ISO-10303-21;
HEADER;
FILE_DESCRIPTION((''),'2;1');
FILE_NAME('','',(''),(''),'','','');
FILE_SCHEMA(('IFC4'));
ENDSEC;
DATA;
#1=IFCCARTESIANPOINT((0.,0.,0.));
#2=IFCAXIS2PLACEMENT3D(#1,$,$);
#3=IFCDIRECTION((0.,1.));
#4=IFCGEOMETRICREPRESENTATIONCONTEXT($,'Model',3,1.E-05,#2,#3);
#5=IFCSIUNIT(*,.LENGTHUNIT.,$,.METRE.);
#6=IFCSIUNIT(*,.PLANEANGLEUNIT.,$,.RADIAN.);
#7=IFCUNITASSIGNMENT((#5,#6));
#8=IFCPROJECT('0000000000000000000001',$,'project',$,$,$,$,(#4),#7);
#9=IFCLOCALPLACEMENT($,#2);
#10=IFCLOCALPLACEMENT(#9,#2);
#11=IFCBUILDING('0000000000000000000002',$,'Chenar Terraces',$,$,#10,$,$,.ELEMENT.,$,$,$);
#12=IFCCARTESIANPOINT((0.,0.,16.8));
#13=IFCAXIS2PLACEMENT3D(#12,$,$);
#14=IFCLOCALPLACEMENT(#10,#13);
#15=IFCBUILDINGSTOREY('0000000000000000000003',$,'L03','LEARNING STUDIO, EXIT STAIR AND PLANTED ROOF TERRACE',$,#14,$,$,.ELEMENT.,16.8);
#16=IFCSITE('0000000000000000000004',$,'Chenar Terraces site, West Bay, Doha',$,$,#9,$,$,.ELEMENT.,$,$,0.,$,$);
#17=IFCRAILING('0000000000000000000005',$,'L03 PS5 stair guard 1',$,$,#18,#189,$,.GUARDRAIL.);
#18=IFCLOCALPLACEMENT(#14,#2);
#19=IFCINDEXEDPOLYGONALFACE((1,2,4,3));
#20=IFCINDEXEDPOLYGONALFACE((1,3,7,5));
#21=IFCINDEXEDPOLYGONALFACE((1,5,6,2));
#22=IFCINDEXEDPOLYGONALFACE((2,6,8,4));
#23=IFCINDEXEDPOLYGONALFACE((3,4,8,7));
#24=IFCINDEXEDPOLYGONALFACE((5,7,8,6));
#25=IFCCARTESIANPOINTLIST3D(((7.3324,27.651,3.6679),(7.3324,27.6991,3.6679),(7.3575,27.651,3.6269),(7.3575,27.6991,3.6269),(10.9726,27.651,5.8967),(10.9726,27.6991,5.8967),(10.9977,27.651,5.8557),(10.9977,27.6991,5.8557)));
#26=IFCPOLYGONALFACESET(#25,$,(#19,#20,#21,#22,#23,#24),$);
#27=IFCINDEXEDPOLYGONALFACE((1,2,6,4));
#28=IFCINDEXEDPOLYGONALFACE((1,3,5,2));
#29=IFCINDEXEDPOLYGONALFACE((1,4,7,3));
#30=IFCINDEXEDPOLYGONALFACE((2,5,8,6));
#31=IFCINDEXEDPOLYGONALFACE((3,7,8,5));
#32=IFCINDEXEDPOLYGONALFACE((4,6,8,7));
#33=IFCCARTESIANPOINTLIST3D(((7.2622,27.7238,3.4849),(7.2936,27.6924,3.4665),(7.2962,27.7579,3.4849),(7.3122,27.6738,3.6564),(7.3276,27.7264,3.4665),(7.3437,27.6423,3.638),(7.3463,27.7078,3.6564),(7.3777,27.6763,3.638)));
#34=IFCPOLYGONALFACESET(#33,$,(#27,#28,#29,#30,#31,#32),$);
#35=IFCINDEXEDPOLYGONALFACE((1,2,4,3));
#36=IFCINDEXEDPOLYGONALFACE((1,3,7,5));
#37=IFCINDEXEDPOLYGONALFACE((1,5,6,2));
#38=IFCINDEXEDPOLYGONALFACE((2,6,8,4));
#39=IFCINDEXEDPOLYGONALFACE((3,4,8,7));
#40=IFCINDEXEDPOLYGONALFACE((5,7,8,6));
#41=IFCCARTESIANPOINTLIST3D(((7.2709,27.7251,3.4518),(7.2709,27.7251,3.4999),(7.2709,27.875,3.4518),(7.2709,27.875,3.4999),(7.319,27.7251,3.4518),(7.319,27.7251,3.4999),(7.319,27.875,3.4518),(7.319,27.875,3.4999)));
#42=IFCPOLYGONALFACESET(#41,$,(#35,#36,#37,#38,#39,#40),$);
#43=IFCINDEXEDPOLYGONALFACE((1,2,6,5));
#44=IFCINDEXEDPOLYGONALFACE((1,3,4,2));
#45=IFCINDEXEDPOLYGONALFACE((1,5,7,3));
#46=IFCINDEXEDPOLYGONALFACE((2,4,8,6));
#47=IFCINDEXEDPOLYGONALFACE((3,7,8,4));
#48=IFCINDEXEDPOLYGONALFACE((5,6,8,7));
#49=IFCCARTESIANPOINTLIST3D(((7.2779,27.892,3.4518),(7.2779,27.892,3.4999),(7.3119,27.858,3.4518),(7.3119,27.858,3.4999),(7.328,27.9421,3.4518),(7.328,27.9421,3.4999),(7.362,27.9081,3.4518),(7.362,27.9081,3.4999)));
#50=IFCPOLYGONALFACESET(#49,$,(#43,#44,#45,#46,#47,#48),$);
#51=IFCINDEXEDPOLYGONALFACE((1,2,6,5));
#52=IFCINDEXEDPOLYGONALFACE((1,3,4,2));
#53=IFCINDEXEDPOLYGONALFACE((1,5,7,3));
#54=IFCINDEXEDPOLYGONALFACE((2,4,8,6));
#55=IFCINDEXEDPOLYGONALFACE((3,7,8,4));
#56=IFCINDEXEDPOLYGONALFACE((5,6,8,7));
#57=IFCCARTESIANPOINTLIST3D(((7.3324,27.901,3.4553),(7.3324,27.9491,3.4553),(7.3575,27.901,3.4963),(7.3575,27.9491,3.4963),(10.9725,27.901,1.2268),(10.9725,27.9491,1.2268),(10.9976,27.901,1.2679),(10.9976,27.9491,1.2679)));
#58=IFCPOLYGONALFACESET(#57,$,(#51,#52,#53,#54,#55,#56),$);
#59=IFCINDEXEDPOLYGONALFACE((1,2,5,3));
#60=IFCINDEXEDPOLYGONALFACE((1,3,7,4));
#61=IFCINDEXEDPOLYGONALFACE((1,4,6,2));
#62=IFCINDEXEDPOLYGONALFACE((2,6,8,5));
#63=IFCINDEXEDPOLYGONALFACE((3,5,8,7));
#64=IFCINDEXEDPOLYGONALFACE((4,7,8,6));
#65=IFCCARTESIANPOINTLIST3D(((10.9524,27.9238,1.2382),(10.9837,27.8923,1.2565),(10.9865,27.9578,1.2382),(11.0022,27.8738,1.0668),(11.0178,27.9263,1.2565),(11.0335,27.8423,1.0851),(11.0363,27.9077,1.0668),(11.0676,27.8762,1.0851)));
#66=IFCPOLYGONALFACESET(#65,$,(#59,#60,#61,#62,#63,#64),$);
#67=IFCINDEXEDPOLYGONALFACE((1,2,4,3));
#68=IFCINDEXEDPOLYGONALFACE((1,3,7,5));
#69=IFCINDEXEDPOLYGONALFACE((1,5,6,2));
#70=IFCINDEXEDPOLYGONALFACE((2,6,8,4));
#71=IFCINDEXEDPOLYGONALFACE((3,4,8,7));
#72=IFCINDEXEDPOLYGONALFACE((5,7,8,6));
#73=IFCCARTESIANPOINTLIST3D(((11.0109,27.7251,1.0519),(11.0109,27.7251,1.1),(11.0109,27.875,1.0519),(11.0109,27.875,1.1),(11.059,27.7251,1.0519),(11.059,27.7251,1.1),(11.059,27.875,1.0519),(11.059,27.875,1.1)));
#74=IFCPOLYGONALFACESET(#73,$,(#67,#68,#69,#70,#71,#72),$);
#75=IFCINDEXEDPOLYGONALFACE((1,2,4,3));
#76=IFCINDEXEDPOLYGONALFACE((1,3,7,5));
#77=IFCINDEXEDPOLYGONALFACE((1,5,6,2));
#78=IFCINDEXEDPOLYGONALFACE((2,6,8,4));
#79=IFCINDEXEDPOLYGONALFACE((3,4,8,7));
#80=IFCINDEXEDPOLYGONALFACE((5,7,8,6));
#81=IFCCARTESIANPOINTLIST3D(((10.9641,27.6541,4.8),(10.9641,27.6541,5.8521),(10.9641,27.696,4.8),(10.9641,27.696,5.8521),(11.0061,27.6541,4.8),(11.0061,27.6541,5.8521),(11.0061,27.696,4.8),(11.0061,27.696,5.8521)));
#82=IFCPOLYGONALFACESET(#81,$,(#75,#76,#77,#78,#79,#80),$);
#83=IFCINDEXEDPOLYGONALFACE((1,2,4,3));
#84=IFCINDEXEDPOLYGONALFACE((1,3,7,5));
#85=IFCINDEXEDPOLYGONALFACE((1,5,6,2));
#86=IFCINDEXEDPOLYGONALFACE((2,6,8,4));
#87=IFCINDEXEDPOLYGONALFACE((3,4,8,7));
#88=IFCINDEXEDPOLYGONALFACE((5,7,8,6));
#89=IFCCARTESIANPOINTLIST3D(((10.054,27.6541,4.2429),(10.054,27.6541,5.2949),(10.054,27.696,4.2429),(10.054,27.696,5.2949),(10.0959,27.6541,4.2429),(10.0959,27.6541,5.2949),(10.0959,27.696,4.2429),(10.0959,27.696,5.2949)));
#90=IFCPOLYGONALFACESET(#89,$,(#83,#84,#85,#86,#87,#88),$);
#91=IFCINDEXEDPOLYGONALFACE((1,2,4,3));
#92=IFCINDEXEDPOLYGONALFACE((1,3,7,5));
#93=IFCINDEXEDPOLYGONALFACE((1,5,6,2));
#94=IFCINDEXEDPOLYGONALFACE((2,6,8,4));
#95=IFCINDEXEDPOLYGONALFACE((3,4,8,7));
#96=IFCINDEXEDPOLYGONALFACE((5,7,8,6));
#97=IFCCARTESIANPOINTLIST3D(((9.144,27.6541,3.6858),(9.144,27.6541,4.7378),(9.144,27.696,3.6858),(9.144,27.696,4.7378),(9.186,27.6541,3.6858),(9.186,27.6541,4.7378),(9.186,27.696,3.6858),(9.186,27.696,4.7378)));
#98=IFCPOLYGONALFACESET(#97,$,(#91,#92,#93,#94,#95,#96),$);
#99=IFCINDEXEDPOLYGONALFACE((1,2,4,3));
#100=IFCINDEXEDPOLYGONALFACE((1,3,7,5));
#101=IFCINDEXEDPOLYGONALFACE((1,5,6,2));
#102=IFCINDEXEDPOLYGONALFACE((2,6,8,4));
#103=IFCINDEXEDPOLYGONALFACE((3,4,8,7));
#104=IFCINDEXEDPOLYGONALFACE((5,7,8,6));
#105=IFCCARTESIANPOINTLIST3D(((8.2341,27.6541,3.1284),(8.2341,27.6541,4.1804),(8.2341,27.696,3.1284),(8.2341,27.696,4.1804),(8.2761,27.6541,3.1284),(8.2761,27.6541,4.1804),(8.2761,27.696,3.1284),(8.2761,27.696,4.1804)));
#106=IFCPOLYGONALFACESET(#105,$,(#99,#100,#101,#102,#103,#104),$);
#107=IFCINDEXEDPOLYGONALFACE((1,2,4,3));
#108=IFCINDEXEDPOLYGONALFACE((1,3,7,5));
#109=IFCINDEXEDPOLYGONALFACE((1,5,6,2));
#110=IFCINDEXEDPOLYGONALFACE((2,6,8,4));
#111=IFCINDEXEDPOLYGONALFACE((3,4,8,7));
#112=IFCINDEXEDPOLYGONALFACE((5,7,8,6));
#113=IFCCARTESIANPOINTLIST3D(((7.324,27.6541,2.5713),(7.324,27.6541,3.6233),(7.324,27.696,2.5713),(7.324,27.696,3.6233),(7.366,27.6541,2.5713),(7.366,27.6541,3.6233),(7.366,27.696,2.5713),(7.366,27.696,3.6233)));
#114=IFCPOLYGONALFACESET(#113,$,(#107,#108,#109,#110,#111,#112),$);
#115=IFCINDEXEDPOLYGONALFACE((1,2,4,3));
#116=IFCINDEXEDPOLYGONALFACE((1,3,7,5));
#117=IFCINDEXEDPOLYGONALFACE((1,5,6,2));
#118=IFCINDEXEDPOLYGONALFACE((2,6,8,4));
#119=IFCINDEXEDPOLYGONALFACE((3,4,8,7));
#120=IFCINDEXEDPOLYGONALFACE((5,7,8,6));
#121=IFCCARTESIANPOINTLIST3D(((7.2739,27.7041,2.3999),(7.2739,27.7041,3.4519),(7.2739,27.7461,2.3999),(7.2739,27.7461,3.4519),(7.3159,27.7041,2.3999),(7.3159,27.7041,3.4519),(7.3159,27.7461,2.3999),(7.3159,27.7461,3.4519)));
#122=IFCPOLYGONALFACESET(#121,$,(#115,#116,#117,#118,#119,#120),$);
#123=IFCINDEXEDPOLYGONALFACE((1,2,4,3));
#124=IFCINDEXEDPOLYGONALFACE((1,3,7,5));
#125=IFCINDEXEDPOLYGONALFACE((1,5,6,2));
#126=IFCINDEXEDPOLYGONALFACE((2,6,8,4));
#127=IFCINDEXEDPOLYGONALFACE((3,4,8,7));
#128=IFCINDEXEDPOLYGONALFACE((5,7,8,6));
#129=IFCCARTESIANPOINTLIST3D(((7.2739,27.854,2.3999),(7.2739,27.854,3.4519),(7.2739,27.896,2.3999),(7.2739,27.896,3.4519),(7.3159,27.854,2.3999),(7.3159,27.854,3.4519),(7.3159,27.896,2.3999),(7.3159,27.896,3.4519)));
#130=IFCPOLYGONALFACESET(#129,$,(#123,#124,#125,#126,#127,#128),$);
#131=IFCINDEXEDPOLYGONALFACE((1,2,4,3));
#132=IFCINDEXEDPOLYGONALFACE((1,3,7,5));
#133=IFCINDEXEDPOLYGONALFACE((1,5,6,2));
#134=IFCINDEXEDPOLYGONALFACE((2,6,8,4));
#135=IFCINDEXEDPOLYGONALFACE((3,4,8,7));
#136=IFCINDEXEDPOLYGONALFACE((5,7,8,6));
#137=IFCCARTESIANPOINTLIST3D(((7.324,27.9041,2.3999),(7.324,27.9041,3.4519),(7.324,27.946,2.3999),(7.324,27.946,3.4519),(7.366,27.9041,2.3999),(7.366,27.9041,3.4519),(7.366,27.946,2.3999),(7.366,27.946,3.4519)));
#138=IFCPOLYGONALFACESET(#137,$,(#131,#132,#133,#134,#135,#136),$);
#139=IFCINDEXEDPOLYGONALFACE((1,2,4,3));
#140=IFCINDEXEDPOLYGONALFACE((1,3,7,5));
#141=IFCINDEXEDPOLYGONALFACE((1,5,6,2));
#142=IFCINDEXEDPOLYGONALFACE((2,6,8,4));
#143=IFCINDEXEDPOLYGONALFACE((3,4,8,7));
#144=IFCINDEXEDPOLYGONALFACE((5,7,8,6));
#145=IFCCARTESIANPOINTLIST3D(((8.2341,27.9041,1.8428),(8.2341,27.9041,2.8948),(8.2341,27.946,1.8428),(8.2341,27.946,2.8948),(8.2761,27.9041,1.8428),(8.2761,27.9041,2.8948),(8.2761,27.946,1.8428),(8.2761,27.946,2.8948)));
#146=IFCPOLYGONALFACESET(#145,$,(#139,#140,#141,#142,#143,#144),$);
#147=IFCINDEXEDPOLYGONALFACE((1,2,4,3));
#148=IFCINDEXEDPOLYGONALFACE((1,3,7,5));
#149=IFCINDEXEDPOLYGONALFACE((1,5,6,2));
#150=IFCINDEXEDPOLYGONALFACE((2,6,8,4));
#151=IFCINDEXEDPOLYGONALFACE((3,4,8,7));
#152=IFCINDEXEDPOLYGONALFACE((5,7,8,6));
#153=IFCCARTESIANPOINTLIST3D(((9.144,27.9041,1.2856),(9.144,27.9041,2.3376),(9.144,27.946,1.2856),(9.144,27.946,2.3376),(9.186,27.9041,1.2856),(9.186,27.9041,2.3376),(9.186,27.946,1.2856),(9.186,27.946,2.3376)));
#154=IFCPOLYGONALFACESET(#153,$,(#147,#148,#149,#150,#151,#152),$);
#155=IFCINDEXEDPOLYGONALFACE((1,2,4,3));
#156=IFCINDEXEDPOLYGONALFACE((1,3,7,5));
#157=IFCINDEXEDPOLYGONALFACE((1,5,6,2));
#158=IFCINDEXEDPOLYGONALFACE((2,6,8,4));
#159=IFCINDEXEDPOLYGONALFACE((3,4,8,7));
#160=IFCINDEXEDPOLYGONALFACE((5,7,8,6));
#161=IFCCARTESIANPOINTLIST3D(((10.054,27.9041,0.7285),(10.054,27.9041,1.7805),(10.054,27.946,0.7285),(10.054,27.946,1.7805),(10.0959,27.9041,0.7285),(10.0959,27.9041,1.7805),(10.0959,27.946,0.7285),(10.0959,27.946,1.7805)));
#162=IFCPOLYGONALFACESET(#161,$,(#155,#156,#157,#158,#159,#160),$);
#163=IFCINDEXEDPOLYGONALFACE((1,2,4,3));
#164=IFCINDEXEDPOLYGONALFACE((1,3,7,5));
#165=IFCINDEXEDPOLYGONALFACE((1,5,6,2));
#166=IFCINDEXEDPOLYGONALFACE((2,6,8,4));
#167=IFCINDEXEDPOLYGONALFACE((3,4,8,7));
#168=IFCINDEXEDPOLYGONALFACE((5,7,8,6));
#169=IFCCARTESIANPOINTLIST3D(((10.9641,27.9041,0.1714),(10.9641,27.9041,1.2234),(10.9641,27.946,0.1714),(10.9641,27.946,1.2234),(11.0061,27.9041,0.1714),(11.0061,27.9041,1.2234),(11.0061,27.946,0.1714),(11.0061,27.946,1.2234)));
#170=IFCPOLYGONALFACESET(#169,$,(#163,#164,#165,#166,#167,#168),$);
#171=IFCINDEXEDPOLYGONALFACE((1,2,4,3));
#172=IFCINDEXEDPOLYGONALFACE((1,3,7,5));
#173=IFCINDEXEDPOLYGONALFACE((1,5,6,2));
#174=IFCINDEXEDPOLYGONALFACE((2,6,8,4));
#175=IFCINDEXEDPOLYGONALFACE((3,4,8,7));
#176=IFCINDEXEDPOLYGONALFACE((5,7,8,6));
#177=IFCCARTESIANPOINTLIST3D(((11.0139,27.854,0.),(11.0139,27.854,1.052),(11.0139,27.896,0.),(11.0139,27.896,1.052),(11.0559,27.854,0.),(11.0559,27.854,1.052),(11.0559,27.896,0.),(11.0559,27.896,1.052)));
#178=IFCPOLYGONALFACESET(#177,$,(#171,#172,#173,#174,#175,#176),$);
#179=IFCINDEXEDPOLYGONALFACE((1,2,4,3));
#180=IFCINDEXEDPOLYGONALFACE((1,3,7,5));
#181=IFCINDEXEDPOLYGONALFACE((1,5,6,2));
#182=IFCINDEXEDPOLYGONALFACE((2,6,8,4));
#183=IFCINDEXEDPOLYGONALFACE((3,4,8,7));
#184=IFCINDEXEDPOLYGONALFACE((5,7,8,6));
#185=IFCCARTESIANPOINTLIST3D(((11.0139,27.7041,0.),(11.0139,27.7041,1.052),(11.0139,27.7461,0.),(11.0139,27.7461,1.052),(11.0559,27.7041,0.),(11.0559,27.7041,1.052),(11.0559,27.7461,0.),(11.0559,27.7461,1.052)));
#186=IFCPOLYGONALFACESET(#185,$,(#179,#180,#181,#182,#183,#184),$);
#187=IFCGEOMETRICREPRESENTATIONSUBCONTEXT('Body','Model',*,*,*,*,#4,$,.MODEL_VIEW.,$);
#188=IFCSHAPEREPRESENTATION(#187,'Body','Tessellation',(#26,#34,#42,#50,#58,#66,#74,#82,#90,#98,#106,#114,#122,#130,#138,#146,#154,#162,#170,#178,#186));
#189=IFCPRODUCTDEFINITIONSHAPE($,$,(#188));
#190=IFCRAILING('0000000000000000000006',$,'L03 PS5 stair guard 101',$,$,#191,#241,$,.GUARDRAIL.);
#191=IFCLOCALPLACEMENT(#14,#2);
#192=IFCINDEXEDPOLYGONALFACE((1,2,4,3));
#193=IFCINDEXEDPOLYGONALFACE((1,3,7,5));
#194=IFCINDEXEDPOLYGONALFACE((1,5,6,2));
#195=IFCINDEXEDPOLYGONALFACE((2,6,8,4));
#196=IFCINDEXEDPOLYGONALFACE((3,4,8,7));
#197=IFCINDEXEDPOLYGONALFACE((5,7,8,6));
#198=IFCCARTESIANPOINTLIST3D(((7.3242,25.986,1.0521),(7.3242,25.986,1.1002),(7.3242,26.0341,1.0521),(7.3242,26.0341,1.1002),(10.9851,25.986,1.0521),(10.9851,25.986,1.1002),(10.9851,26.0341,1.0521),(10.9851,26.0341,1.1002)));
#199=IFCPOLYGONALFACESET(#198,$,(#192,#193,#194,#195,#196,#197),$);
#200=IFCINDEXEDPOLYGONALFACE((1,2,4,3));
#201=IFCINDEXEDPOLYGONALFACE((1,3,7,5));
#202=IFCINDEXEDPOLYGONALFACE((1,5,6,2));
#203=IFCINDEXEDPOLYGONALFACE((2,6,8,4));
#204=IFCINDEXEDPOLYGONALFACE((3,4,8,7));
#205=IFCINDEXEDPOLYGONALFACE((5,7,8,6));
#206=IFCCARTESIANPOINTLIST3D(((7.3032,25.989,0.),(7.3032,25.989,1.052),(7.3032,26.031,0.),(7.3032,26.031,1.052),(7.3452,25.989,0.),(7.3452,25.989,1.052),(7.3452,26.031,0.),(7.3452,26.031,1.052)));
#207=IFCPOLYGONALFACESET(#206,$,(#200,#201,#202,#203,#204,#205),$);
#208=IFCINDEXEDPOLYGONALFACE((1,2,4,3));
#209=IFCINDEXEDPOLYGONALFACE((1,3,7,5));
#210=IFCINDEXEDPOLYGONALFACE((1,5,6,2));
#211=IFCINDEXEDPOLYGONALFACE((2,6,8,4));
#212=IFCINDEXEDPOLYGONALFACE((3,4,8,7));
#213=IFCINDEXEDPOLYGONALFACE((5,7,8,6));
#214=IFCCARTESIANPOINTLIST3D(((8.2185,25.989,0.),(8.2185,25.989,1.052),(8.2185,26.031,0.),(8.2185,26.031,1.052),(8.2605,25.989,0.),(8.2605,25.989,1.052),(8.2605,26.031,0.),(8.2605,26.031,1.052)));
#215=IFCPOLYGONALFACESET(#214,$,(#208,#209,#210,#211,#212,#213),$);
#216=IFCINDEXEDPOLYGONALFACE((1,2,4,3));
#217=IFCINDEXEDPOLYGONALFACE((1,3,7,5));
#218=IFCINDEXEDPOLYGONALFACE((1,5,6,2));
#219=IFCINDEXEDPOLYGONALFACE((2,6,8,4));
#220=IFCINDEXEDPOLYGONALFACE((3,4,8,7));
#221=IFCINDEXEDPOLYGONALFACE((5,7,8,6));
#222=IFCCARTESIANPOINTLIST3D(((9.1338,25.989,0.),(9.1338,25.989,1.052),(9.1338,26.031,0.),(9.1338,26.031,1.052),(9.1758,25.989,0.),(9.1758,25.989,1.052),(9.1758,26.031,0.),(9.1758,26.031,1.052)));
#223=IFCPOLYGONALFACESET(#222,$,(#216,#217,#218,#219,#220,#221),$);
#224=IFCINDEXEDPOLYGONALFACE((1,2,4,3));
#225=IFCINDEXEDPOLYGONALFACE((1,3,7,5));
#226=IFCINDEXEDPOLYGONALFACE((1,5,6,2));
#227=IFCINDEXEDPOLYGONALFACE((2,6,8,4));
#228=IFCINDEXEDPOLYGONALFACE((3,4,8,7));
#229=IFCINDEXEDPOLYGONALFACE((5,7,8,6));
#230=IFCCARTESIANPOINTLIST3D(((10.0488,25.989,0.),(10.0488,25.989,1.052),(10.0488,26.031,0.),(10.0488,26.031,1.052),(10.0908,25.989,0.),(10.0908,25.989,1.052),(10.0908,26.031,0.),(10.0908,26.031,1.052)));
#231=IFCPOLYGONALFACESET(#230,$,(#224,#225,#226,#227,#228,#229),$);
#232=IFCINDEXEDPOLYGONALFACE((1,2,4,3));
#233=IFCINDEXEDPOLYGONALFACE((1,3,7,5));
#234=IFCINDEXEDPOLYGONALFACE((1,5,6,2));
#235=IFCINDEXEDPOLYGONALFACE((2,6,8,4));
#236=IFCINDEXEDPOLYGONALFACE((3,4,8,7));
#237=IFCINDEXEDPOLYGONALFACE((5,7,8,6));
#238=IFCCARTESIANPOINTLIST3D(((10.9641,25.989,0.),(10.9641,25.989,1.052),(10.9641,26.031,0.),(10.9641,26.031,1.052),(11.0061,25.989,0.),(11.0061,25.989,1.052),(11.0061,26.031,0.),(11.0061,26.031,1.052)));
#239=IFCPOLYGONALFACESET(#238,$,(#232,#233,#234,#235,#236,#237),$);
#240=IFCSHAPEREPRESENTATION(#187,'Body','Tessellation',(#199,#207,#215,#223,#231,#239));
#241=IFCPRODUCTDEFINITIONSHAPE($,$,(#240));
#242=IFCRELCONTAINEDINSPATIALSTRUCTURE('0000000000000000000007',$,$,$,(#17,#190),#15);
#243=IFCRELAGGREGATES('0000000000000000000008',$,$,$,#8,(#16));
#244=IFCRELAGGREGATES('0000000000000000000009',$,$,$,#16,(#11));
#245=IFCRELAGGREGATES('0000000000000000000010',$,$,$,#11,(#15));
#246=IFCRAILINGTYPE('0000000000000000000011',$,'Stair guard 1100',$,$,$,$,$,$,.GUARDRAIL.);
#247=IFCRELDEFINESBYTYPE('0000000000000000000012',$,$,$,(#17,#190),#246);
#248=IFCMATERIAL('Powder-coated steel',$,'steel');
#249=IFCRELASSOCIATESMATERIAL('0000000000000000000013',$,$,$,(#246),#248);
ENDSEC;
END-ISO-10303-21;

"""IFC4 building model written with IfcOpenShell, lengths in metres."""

from ifc_helpers import new_model, si_unit, direction, frame, origin, origin_2d, place, context, subcontext, project, spatial, rectangle, extrude, material, type_object, element, save


model = new_model("IFC4")

# Units and contexts
model_context = context("Model", 3, precision=1e-05, world=origin(), true_north=direction((0.0, 1.0)))
body_context = subcontext(model_context, "Body", "Model", "MODEL_VIEW")
ifc_project = project(units=[si_unit("LENGTHUNIT", "METRE"), si_unit("PLANEANGLEUNIT", "RADIAN")], contexts=[model_context])

# Site, building, storey
site_placement = place(None, origin())
site = spatial("IfcSite", under=ifc_project, at=site_placement, Name="Chenar Terraces site, West Bay, Doha", CompositionType="ELEMENT", RefElevation=0.0)
building_placement = place(site_placement, origin())
building = spatial("IfcBuilding", under=site, at=building_placement, Name="Chenar Terraces", CompositionType="ELEMENT")
storey_placement = place(building_placement, frame((0.0, 0.0, 16.8)))
storey = spatial("IfcBuildingStorey", under=building, at=storey_placement, Name="L03", Description="LEARNING STUDIO, EXIT STAIR AND PLANTED ROOF TERRACE", CompositionType="ELEMENT", Elevation=16.8)

# Railings
ifc_material_1 = material(Name="Powder-coated steel", Category="steel")
railing_type_1 = type_object("IfcRailingType", Name="Stair guard 1100", PredefinedType="GUARDRAIL", material=ifc_material_1)
railing_1_placement = place(storey_placement, frame((10.9851, 27.675, 4.8)))
element("IfcRailing", 1, at=railing_1_placement, inside=storey, type_object=railing_type_1, Name="L03 PS5 stair guard 1", PredefinedType="GUARDRAIL", context=body_context, shape_type="SweptSolid", body=[
    extrude(rectangle(XDim=0.0481, YDim=0.0481, at=origin_2d()), frame((0.0, 0.0, 1.0762), z_axis=(-0.85284, 0.0, -0.522172), x_axis=(0.0, -1.0, 0.0)), (0.0, 0.0, 1.0), 4.2683),
    extrude(rectangle(XDim=0.0481, YDim=0.0481, at=origin_2d()), frame((-3.6401, 0.0, -1.1528), z_axis=(-0.269911, 0.269911, -0.924281), x_axis=(-0.707107, -0.707107, 0.0)), (0.0, 0.0, 1.0), 0.1855),
    extrude(rectangle(XDim=0.0481, YDim=0.0481, at=origin_2d()), frame((-3.6902, 0.05, -1.3242), z_axis=(0.0, 1.0, 0.0), x_axis=(-1.0, 0.0, 0.0)), (0.0, 0.0, 1.0), 0.1499),
    extrude(rectangle(XDim=0.0481, YDim=0.0481, at=origin_2d()), frame((-3.6902, 0.2, -1.3242), z_axis=(0.707107, 0.707107, 0.0), x_axis=(-0.707107, 0.707107, 0.0)), (0.0, 0.0, 1.0), 0.0708),
    extrude(rectangle(XDim=0.0481, YDim=0.0481, at=origin_2d()), frame((-3.6401, 0.25, -1.3242), z_axis=(0.852866, 0.0, -0.52213), x_axis=(0.0, 1.0, 0.0)), (0.0, 0.0, 1.0), 4.2681),
    extrude(rectangle(XDim=0.0481, YDim=0.0481, at=origin_2d()), frame((0.0, 0.25, -3.5527), z_axis=(0.26869, -0.270007, -0.924609), x_axis=(0.708834, 0.705376, 0.0)), (0.0, 0.0, 1.0), 0.1853),
    extrude(rectangle(XDim=0.0481, YDim=0.0481, at=origin_2d()), frame((0.0498, 0.2, -3.7241), z_axis=(0.0, -1.0, 0.0), x_axis=(1.0, 0.0, 0.0)), (0.0, 0.0, 1.0), 0.1499),
    extrude(rectangle(XDim=0.042, YDim=0.042, at=origin_2d()), origin(), (0.0, 0.0, 1.0), 1.052),
    extrude(rectangle(XDim=0.042, YDim=0.042, at=origin_2d()), frame((-0.9102, 0.0, -0.5571)), (0.0, 0.0, 1.0), 1.052),
    extrude(rectangle(XDim=0.042, YDim=0.042, at=origin_2d()), frame((-1.8201, 0.0, -1.1143)), (0.0, 0.0, 1.0), 1.052),
    extrude(rectangle(XDim=0.042, YDim=0.042, at=origin_2d()), frame((-2.73, 0.0, -1.6716)), (0.0, 0.0, 1.0), 1.052),
    extrude(rectangle(XDim=0.042, YDim=0.042, at=origin_2d()), frame((-3.6401, 0.0, -2.2288)), (0.0, 0.0, 1.0), 1.052),
    extrude(rectangle(XDim=0.042, YDim=0.042, at=origin_2d()), frame((-3.6902, 0.05, -2.4001)), (0.0, 0.0, 1.0), 1.052),
    extrude(rectangle(XDim=0.042, YDim=0.042, at=origin_2d()), frame((-3.6902, 0.2, -2.4001)), (0.0, 0.0, 1.0), 1.052),
    extrude(rectangle(XDim=0.042, YDim=0.042, at=origin_2d()), frame((-3.6401, 0.25, -2.4001)), (0.0, 0.0, 1.0), 1.052),
    extrude(rectangle(XDim=0.042, YDim=0.042, at=origin_2d()), frame((-2.73, 0.25, -2.9573)), (0.0, 0.0, 1.0), 1.052),
    extrude(rectangle(XDim=0.042, YDim=0.042, at=origin_2d()), frame((-1.8201, 0.25, -3.5144)), (0.0, 0.0, 1.0), 1.052),
    extrude(rectangle(XDim=0.042, YDim=0.042, at=origin_2d()), frame((-0.9102, 0.25, -4.0715)), (0.0, 0.0, 1.0), 1.052),
    extrude(rectangle(XDim=0.042, YDim=0.042, at=origin_2d()), frame((0.0, 0.25, -4.6287)), (0.0, 0.0, 1.0), 1.052),
    extrude(rectangle(XDim=0.042, YDim=0.042, at=origin_2d()), frame((0.0498, 0.2, -4.8)), (0.0, 0.0, 1.0), 1.052),
    extrude(rectangle(XDim=0.042, YDim=0.042, at=origin_2d()), frame((0.0498, 0.05, -4.8)), (0.0, 0.0, 1.0), 1.052),
])
railing_2_placement = place(storey_placement, frame((7.3242, 26.01, 0.0)))
element("IfcRailing", 2, at=railing_2_placement, inside=storey, type_object=railing_type_1, Name="L03 PS5 stair guard 101", PredefinedType="GUARDRAIL", context=body_context, shape_type="SweptSolid", body=[
    extrude(rectangle(XDim=0.0481, YDim=0.0481, at=origin_2d()), frame((0.0, 0.0, 1.0762), z_axis=(1.0, 0.0, 0.0), x_axis=(0.0, 1.0, 0.0)), (0.0, 0.0, 1.0), 3.6609),
    extrude(rectangle(XDim=0.042, YDim=0.042, at=origin_2d()), origin(), (0.0, 0.0, 1.0), 1.052),
    extrude(rectangle(XDim=0.042, YDim=0.042, at=origin_2d()), frame((0.9153, 0.0, 0.0)), (0.0, 0.0, 1.0), 1.052),
    extrude(rectangle(XDim=0.042, YDim=0.042, at=origin_2d()), frame((1.8306, 0.0, 0.0)), (0.0, 0.0, 1.0), 1.052),
    extrude(rectangle(XDim=0.042, YDim=0.042, at=origin_2d()), frame((2.7456, 0.0, 0.0)), (0.0, 0.0, 1.0), 1.052),
    extrude(rectangle(XDim=0.042, YDim=0.042, at=origin_2d()), frame((3.6609, 0.0, 0.0)), (0.0, 0.0, 1.0), 1.052),
])

save(model, "model.ifc")
